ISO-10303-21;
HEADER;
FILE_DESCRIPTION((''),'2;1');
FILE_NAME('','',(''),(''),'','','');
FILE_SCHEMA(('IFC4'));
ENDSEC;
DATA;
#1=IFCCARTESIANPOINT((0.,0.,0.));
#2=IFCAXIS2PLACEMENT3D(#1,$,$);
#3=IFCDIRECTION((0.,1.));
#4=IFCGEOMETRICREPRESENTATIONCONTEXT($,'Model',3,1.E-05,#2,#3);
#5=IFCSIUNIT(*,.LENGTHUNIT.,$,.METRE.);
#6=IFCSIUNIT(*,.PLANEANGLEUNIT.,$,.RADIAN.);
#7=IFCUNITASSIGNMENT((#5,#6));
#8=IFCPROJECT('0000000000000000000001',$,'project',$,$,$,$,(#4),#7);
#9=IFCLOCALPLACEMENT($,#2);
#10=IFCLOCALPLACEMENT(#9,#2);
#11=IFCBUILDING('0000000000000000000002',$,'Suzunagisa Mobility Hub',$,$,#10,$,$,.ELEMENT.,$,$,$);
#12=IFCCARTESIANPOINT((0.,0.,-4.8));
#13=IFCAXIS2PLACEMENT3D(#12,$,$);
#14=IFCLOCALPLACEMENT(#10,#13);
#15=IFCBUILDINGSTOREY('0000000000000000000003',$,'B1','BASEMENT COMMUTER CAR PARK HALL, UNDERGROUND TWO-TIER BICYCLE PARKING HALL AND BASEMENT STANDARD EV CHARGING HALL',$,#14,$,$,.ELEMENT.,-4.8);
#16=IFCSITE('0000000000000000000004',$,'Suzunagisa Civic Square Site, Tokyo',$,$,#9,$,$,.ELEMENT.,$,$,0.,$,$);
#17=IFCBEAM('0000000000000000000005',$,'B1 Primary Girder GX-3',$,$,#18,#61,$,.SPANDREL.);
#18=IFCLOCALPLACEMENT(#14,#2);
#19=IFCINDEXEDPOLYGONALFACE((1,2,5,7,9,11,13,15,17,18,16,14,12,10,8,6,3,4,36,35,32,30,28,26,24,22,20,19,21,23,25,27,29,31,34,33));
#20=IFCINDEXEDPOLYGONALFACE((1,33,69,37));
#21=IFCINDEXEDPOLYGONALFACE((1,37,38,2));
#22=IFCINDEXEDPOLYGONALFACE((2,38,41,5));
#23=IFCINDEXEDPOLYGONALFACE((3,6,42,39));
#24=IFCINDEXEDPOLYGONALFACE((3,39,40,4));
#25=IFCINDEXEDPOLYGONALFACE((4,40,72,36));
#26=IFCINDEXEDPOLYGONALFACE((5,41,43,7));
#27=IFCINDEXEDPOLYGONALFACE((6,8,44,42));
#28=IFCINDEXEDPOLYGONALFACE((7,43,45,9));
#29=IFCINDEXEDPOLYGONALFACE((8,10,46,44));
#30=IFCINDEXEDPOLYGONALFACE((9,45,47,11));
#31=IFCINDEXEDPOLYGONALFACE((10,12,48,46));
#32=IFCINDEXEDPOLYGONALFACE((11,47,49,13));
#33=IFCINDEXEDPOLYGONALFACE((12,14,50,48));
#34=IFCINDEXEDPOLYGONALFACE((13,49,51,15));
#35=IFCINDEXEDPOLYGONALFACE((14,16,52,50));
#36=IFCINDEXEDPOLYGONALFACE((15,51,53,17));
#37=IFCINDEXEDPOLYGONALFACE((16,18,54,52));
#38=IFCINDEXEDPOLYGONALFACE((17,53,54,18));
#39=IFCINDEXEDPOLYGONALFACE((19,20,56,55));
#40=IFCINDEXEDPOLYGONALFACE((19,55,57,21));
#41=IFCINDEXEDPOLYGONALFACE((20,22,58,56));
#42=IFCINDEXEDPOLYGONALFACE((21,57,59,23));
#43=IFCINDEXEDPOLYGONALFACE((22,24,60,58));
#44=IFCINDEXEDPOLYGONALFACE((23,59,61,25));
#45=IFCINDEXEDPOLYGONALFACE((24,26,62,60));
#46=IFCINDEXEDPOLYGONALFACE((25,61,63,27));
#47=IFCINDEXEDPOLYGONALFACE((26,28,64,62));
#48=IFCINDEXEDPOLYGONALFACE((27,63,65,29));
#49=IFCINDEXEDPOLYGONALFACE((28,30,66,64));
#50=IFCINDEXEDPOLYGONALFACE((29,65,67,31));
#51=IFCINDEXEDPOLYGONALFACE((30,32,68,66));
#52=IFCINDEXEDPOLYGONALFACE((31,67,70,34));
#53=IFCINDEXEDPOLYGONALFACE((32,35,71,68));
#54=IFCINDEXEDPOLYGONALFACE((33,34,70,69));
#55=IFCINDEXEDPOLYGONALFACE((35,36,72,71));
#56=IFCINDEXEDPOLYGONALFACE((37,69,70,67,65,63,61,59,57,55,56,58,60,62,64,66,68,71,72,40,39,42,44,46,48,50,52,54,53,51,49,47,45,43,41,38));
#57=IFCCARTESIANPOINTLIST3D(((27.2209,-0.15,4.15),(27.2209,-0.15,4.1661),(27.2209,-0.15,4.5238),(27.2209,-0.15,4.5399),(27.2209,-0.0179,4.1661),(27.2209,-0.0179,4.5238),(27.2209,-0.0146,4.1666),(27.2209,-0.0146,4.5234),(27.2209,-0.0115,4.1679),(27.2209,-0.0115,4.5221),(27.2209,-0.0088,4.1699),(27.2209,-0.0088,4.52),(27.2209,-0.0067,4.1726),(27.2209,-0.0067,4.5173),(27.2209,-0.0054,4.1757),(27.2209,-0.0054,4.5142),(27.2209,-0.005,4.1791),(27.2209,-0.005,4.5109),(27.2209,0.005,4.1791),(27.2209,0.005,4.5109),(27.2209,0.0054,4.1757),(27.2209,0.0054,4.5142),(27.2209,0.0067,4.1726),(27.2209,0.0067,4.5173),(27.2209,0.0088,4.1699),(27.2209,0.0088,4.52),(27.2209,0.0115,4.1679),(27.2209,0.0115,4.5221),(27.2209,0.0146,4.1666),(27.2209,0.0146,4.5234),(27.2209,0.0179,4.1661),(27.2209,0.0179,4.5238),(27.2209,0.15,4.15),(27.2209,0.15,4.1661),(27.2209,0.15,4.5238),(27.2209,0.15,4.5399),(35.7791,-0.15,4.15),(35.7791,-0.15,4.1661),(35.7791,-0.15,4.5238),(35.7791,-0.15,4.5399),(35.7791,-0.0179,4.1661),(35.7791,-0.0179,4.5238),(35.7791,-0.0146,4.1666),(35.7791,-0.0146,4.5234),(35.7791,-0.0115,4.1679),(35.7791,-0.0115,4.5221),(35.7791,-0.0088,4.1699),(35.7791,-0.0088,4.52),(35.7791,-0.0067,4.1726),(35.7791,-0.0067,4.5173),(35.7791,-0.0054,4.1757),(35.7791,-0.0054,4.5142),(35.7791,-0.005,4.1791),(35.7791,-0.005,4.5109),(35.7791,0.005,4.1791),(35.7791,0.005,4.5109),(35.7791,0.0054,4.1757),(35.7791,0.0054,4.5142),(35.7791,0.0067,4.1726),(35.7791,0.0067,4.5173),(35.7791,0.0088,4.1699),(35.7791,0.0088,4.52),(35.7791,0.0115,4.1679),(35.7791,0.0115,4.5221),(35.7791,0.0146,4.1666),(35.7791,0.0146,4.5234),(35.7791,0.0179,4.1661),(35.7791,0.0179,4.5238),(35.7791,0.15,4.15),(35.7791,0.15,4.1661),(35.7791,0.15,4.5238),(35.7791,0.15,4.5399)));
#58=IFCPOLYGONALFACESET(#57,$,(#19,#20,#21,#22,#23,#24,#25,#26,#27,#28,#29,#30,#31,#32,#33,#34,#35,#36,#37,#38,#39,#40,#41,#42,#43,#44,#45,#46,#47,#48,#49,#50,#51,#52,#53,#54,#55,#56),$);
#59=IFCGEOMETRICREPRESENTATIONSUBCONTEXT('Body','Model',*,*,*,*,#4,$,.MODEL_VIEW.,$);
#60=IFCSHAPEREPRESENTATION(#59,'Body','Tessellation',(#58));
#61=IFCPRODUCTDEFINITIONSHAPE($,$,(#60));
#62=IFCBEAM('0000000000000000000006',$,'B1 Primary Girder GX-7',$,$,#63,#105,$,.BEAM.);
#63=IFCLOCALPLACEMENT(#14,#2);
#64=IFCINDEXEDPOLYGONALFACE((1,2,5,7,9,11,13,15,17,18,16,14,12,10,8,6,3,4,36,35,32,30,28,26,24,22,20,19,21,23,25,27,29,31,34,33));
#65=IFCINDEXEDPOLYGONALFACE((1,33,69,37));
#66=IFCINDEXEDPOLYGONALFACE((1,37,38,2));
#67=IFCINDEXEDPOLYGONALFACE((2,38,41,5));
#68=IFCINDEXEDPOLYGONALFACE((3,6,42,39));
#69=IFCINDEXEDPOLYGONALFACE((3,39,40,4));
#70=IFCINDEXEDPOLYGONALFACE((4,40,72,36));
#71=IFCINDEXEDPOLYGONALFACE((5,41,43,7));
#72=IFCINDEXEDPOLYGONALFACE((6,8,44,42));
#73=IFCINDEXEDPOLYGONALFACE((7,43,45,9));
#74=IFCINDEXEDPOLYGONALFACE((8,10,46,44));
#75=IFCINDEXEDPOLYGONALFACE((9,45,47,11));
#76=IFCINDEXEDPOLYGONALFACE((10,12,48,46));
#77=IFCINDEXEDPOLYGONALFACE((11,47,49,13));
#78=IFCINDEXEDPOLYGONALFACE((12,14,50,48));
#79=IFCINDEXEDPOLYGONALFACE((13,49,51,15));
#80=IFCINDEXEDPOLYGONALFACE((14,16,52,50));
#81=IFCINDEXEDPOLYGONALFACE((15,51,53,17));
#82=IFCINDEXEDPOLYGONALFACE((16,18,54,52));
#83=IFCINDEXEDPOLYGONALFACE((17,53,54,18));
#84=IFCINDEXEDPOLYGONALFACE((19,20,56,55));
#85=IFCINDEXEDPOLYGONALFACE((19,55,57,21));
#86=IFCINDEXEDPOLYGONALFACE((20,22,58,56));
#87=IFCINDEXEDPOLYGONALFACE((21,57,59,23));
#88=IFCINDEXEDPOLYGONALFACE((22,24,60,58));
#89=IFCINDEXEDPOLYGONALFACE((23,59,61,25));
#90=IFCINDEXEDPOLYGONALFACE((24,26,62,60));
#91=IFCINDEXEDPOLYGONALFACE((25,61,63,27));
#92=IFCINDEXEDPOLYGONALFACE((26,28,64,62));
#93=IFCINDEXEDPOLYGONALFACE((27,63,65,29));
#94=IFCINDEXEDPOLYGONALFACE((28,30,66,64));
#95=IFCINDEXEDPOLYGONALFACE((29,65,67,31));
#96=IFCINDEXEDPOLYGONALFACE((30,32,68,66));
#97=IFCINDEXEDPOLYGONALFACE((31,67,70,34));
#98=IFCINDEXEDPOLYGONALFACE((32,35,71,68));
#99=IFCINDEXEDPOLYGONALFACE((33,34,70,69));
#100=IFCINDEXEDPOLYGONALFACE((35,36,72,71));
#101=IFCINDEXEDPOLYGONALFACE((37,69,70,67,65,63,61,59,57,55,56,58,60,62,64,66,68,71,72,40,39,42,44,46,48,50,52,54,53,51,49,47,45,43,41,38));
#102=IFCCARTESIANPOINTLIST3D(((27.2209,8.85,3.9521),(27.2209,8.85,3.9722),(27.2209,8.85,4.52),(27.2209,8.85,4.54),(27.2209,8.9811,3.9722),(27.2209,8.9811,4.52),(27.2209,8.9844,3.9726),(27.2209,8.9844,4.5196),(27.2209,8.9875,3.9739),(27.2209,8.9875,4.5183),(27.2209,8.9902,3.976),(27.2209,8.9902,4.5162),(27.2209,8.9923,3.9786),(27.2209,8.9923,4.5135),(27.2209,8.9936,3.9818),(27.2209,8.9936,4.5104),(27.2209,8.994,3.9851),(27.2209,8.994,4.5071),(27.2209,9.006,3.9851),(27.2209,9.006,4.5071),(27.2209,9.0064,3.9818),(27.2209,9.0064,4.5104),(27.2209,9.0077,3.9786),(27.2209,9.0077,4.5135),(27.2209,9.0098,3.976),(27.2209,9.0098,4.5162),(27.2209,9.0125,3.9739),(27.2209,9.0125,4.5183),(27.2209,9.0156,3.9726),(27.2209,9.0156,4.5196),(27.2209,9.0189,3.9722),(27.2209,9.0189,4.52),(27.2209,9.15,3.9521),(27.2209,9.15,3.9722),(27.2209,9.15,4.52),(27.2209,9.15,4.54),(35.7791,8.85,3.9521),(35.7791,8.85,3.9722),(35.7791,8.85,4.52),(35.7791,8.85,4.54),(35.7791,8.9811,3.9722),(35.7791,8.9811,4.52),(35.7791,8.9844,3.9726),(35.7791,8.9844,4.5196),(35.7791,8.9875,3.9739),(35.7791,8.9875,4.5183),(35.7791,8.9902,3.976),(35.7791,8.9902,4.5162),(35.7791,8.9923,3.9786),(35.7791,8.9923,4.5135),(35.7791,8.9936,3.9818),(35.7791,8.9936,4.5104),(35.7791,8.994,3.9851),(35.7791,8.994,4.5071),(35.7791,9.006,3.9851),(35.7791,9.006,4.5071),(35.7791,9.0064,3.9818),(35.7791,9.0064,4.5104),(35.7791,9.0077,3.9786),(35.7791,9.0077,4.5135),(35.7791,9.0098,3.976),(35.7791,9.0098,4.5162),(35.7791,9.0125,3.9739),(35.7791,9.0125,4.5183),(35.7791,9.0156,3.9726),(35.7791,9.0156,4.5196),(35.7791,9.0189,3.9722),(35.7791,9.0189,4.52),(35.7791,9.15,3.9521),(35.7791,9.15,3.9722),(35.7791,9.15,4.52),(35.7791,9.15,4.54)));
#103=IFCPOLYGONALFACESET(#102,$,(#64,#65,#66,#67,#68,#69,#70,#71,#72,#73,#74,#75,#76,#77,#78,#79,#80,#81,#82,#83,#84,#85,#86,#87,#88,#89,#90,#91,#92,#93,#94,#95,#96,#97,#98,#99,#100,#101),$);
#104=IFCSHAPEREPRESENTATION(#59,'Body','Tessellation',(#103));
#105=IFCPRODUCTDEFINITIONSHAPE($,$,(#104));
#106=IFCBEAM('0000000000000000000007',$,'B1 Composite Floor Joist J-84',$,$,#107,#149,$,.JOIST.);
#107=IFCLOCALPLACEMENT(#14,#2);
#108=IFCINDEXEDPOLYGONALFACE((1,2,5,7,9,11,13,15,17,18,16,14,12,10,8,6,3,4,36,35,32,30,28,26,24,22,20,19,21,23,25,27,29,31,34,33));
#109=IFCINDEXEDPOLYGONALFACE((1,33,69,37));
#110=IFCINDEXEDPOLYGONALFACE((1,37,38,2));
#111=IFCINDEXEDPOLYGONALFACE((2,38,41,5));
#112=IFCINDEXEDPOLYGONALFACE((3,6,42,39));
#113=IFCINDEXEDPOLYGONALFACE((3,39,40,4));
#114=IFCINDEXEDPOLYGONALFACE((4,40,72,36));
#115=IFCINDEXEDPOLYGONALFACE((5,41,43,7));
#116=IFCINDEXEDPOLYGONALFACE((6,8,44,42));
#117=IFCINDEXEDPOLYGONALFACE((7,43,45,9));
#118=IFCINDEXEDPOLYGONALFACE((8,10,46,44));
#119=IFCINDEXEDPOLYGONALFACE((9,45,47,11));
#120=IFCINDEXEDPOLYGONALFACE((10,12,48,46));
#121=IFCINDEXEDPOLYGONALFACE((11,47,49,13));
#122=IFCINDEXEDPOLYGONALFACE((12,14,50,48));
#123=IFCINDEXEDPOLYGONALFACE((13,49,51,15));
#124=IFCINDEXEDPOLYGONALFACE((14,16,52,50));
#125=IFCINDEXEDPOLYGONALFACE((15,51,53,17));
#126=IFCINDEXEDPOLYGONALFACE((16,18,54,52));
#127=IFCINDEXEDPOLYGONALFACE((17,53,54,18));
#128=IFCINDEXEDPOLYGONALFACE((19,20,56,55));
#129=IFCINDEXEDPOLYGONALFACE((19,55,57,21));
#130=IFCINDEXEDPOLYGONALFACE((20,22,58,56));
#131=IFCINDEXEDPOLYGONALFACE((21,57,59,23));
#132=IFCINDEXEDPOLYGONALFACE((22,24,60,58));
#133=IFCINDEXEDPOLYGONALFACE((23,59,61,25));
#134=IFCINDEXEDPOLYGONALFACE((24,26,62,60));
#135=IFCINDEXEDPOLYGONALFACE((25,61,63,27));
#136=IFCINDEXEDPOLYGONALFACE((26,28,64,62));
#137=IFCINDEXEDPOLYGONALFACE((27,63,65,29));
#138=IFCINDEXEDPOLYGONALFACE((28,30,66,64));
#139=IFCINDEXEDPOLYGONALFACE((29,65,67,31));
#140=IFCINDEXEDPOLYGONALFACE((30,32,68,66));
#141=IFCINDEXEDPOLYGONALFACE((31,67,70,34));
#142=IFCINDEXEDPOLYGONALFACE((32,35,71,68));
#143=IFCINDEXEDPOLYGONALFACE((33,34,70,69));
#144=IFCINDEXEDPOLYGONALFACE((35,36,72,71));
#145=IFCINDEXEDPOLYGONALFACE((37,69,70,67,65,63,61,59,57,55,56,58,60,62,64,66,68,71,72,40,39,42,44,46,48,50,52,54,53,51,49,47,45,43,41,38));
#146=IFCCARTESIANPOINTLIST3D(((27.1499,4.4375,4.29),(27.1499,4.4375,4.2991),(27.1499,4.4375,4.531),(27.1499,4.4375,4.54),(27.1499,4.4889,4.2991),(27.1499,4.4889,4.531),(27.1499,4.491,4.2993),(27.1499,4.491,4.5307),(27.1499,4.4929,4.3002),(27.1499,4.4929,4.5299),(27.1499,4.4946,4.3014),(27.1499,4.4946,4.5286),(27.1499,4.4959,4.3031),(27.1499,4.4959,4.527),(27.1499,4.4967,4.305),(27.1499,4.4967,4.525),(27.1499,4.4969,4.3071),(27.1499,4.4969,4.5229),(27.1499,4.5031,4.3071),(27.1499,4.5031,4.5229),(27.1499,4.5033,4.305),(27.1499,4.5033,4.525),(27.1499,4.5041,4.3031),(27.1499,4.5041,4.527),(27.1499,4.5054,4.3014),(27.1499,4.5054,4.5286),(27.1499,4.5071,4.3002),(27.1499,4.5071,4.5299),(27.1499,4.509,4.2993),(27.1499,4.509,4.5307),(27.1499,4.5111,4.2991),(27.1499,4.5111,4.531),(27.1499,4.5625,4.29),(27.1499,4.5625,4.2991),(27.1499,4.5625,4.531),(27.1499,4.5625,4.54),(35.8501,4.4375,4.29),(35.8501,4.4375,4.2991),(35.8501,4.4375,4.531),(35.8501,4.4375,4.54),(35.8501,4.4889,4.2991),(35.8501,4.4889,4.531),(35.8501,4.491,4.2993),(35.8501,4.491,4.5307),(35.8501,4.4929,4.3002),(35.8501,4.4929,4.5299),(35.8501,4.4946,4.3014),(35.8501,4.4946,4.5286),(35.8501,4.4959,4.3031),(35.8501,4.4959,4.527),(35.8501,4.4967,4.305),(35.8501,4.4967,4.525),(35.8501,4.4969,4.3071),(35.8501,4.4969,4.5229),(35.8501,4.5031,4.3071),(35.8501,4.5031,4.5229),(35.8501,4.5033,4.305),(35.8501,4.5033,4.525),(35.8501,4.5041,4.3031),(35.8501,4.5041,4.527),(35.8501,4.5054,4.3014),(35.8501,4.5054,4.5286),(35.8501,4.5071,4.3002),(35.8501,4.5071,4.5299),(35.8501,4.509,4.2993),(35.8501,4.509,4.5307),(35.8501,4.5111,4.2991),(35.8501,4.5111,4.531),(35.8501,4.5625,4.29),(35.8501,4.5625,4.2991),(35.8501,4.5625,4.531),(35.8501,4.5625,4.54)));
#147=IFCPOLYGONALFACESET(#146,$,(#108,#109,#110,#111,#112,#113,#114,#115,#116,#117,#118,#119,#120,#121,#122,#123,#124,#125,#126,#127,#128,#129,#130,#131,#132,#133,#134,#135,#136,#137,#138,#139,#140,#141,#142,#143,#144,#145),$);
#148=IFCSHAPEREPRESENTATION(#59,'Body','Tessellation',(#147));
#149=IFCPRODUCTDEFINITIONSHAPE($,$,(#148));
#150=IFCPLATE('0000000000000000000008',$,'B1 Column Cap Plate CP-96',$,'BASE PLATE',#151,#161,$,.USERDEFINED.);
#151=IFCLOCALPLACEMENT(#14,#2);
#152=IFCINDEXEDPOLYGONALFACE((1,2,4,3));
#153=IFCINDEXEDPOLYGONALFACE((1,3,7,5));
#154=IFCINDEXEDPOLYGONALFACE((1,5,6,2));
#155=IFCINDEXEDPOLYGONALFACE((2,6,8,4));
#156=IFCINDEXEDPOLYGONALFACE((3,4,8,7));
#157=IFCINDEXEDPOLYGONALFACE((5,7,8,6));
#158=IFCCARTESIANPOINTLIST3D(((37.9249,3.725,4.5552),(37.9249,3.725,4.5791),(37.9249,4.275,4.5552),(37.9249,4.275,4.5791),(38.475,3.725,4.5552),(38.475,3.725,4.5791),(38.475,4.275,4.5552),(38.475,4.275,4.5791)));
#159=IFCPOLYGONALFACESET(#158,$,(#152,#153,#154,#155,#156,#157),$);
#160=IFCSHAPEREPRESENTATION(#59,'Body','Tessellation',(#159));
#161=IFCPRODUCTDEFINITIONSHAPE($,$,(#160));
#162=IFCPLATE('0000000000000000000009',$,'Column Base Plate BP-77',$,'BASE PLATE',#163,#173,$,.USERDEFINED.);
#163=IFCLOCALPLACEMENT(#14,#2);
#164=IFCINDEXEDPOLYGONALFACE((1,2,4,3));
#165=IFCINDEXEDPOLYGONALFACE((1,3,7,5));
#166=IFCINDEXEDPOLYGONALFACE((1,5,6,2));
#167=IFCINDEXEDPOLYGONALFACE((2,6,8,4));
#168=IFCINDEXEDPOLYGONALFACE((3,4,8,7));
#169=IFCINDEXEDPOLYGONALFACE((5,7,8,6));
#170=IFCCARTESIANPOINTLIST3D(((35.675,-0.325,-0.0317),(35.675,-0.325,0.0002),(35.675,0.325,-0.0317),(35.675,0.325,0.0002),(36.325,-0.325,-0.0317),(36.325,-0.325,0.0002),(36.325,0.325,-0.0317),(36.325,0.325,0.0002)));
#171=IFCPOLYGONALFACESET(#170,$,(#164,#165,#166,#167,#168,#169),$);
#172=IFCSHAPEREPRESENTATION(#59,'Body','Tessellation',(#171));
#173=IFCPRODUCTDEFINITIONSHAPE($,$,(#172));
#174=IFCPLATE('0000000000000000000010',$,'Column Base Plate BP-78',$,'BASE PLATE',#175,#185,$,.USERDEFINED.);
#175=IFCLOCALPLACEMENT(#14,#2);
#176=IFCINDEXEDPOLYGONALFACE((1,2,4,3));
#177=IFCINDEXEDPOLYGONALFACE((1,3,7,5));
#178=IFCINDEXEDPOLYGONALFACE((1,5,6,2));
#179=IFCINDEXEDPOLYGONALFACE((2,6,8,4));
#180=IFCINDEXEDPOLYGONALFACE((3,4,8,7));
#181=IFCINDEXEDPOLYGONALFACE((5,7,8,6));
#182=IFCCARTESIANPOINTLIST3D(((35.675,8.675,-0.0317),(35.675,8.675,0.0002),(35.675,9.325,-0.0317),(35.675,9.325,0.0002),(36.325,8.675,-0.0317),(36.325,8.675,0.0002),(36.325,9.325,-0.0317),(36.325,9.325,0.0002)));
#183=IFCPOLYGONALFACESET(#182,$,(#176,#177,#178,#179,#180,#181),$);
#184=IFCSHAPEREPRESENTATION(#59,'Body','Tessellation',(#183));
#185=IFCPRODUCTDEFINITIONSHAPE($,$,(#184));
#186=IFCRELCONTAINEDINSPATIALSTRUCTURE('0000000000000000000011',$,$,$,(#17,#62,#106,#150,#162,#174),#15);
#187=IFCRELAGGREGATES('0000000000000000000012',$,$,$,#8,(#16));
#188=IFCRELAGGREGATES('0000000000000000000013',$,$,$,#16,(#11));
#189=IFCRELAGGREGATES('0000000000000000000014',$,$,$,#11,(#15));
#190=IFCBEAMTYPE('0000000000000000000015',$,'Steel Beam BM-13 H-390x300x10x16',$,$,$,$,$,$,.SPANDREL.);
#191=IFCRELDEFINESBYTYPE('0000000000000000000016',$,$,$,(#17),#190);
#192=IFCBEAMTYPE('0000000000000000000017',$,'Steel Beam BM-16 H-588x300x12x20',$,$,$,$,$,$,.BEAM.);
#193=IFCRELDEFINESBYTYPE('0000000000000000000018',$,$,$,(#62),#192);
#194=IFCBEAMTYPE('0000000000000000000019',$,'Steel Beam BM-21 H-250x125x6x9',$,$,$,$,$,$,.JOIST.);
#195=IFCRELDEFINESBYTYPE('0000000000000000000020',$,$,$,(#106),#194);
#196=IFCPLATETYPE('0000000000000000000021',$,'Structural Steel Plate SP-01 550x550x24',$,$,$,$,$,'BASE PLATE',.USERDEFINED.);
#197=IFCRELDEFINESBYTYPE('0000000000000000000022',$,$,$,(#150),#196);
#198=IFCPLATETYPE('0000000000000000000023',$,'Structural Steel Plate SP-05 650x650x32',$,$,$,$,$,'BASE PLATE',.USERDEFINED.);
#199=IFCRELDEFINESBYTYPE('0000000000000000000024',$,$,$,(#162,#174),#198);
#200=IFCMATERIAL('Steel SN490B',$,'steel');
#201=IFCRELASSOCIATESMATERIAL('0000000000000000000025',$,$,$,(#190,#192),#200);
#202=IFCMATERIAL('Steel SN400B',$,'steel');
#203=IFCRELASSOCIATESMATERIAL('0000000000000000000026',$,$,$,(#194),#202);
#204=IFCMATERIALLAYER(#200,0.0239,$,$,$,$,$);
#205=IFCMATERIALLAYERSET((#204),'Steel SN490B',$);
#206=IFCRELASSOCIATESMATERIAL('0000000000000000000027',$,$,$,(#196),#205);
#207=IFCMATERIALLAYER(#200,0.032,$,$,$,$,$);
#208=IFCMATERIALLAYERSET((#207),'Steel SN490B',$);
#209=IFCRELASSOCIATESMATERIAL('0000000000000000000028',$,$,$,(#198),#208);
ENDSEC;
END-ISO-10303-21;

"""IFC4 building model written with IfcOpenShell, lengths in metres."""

from ifc_helpers import new_model, si_unit, direction, frame, origin, origin_2d, place, context, subcontext, project, spatial, rectangle, i_section, extrude, material, layer, layer_set, material_profile, profile_set, type_object, element, save


model = new_model("IFC4")

# Units and contexts
model_context = context("Model", 3, precision=1e-05, world=origin(), true_north=direction((0.0, 1.0)))
body_context = subcontext(model_context, "Body", "Model", "MODEL_VIEW")
ifc_project = project(units=[si_unit("LENGTHUNIT", "METRE"), si_unit("PLANEANGLEUNIT", "RADIAN")], contexts=[model_context])

# Site, building, storey
site_placement = place(None, origin())
site = spatial("IfcSite", under=ifc_project, at=site_placement, Name="Suzunagisa Civic Square Site, Tokyo", CompositionType="ELEMENT", RefElevation=0.0)
building_placement = place(site_placement, origin())
building = spatial("IfcBuilding", under=site, at=building_placement, Name="Suzunagisa Mobility Hub", CompositionType="ELEMENT")
storey_placement = place(building_placement, frame((0.0, 0.0, -4.8)))
storey = spatial("IfcBuildingStorey", under=building, at=storey_placement, Name="B1", Description="BASEMENT COMMUTER CAR PARK HALL, UNDERGROUND TWO-TIER BICYCLE PARKING HALL AND BASEMENT STANDARD EV CHARGING HALL", CompositionType="ELEMENT", Elevation=-4.8)

# Shared definitions
ifc_material_1 = material(Name="Steel SN490B", Category="steel")

# Beams
ifc_material_profile_1 = material_profile(ifc_material_1, i_section(OverallWidth=0.3, OverallDepth=0.3899, WebThickness=0.01, FlangeThickness=0.0161, FilletRadius=0.0129, at=origin_2d()), Name="H-390x300x10x16")
ifc_profile_set_1 = profile_set([ifc_material_profile_1], Name="Steel SN490B")
beam_type_1 = type_object("IfcBeamType", Name="Steel Beam BM-13 H-390x300x10x16", PredefinedType="SPANDREL", material=ifc_profile_set_1)
beam_1_placement = place(storey_placement, frame((27.2209, 0.0, 4.345), z_axis=(1.0, 0.0, 0.0), x_axis=(0.0, 1.0, 0.0)))
element("IfcBeam", 1, at=beam_1_placement, inside=storey, type_object=beam_type_1, Name="B1 Primary Girder GX-3", PredefinedType="SPANDREL", context=body_context, shape_type="SweptSolid", body=[
    extrude(i_section(OverallWidth=0.3, OverallDepth=0.3899, WebThickness=0.01, FlangeThickness=0.0161, FilletRadius=0.0129, at=origin_2d()), origin(), (0.0, 0.0, 1.0), 8.5581),
])
ifc_material_profile_2 = material_profile(ifc_material_1, i_section(OverallWidth=0.3, OverallDepth=0.5879, WebThickness=0.012, FlangeThickness=0.02, FilletRadius=0.0129, at=origin_2d()), Name="H-588x300x12x20")
ifc_profile_set_2 = profile_set([ifc_material_profile_2], Name="Steel SN490B")
beam_type_2 = type_object("IfcBeamType", Name="Steel Beam BM-16 H-588x300x12x20", PredefinedType="BEAM", material=ifc_profile_set_2)
beam_2_placement = place(storey_placement, frame((27.2209, 9.0, 4.2461), z_axis=(1.0, 0.0, 0.0), x_axis=(0.0, 1.0, 0.0)))
element("IfcBeam", 2, at=beam_2_placement, inside=storey, type_object=beam_type_2, Name="B1 Primary Girder GX-7", PredefinedType="BEAM", context=body_context, shape_type="SweptSolid", body=[
    extrude(i_section(OverallWidth=0.3, OverallDepth=0.5879, WebThickness=0.012, FlangeThickness=0.02, FilletRadius=0.0129, at=origin_2d()), origin(), (0.0, 0.0, 1.0), 8.5581),
])
ifc_material_2 = material(Name="Steel SN400B", Category="steel")
ifc_material_profile_3 = material_profile(ifc_material_2, i_section(OverallWidth=0.125, OverallDepth=0.25, WebThickness=0.0061, FlangeThickness=0.009, FilletRadius=0.0081, at=origin_2d()), Name="H-250x125x6x9")
ifc_profile_set_3 = profile_set([ifc_material_profile_3], Name="Steel SN400B")
beam_type_3 = type_object("IfcBeamType", Name="Steel Beam BM-21 H-250x125x6x9", PredefinedType="JOIST", material=ifc_profile_set_3)
beam_3_placement = place(storey_placement, frame((27.1499, 4.5, 4.415), z_axis=(1.0, 0.0, 0.0), x_axis=(0.0, 1.0, 0.0)))
element("IfcBeam", 3, at=beam_3_placement, inside=storey, type_object=beam_type_3, Name="B1 Composite Floor Joist J-84", PredefinedType="JOIST", context=body_context, shape_type="SweptSolid", body=[
    extrude(i_section(OverallWidth=0.125, OverallDepth=0.25, WebThickness=0.0061, FlangeThickness=0.009, FilletRadius=0.0081, at=origin_2d()), origin(), (0.0, 0.0, 1.0), 8.7002),
])

# Plates
ifc_layer_1 = layer(ifc_material_1, 0.0239)
ifc_layer_set_1 = layer_set([ifc_layer_1], Name="Steel SN490B")
plate_type_1 = type_object("IfcPlateType", Name="Structural Steel Plate SP-01 550x550x24", ElementType="BASE PLATE", PredefinedType="USERDEFINED", material=ifc_layer_set_1)
plate_placement = place(storey_placement, frame((38.2, 4.0, 4.5552), z_axis=(0.0, 0.0, 1.0), x_axis=(1.0, 0.0, 0.0)))
element("IfcPlate", 4, at=plate_placement, inside=storey, type_object=plate_type_1, Name="B1 Column Cap Plate CP-96", ObjectType="BASE PLATE", PredefinedType="USERDEFINED", context=body_context, shape_type="SweptSolid", body=[
    extrude(rectangle(XDim=0.55, YDim=0.55, at=origin_2d()), origin(), (0.0, 0.0, 1.0), 0.0239),
])
ifc_layer_2 = layer(ifc_material_1, 0.032)
ifc_layer_set_2 = layer_set([ifc_layer_2], Name="Steel SN490B")
plate_type_2 = type_object("IfcPlateType", Name="Structural Steel Plate SP-05 650x650x32", ElementType="BASE PLATE", PredefinedType="USERDEFINED", material=ifc_layer_set_2)
for number, where, z_axis, x_axis, name in (
    (5, (36.0, 0.0, -0.0317), (0.0, 0.0, 1.0), (1.0, 0.0, 0.0), "Column Base Plate BP-77"),
    (6, (36.0, 9.0, -0.0317), (0.0, 0.0, 1.0), (1.0, 0.0, 0.0), "Column Base Plate BP-78"),
):
    element("IfcPlate", number, at=place(storey_placement, frame(where, z_axis=z_axis, x_axis=x_axis)), inside=storey, type_object=plate_type_2, Name=name, ObjectType="BASE PLATE", PredefinedType="USERDEFINED", context=body_context, shape_type="SweptSolid", body=[
        extrude(rectangle(XDim=0.6499, YDim=0.6499, at=origin_2d()), origin(), (0.0, 0.0, 1.0), 0.032),
    ])

save(model, "model.ifc")
